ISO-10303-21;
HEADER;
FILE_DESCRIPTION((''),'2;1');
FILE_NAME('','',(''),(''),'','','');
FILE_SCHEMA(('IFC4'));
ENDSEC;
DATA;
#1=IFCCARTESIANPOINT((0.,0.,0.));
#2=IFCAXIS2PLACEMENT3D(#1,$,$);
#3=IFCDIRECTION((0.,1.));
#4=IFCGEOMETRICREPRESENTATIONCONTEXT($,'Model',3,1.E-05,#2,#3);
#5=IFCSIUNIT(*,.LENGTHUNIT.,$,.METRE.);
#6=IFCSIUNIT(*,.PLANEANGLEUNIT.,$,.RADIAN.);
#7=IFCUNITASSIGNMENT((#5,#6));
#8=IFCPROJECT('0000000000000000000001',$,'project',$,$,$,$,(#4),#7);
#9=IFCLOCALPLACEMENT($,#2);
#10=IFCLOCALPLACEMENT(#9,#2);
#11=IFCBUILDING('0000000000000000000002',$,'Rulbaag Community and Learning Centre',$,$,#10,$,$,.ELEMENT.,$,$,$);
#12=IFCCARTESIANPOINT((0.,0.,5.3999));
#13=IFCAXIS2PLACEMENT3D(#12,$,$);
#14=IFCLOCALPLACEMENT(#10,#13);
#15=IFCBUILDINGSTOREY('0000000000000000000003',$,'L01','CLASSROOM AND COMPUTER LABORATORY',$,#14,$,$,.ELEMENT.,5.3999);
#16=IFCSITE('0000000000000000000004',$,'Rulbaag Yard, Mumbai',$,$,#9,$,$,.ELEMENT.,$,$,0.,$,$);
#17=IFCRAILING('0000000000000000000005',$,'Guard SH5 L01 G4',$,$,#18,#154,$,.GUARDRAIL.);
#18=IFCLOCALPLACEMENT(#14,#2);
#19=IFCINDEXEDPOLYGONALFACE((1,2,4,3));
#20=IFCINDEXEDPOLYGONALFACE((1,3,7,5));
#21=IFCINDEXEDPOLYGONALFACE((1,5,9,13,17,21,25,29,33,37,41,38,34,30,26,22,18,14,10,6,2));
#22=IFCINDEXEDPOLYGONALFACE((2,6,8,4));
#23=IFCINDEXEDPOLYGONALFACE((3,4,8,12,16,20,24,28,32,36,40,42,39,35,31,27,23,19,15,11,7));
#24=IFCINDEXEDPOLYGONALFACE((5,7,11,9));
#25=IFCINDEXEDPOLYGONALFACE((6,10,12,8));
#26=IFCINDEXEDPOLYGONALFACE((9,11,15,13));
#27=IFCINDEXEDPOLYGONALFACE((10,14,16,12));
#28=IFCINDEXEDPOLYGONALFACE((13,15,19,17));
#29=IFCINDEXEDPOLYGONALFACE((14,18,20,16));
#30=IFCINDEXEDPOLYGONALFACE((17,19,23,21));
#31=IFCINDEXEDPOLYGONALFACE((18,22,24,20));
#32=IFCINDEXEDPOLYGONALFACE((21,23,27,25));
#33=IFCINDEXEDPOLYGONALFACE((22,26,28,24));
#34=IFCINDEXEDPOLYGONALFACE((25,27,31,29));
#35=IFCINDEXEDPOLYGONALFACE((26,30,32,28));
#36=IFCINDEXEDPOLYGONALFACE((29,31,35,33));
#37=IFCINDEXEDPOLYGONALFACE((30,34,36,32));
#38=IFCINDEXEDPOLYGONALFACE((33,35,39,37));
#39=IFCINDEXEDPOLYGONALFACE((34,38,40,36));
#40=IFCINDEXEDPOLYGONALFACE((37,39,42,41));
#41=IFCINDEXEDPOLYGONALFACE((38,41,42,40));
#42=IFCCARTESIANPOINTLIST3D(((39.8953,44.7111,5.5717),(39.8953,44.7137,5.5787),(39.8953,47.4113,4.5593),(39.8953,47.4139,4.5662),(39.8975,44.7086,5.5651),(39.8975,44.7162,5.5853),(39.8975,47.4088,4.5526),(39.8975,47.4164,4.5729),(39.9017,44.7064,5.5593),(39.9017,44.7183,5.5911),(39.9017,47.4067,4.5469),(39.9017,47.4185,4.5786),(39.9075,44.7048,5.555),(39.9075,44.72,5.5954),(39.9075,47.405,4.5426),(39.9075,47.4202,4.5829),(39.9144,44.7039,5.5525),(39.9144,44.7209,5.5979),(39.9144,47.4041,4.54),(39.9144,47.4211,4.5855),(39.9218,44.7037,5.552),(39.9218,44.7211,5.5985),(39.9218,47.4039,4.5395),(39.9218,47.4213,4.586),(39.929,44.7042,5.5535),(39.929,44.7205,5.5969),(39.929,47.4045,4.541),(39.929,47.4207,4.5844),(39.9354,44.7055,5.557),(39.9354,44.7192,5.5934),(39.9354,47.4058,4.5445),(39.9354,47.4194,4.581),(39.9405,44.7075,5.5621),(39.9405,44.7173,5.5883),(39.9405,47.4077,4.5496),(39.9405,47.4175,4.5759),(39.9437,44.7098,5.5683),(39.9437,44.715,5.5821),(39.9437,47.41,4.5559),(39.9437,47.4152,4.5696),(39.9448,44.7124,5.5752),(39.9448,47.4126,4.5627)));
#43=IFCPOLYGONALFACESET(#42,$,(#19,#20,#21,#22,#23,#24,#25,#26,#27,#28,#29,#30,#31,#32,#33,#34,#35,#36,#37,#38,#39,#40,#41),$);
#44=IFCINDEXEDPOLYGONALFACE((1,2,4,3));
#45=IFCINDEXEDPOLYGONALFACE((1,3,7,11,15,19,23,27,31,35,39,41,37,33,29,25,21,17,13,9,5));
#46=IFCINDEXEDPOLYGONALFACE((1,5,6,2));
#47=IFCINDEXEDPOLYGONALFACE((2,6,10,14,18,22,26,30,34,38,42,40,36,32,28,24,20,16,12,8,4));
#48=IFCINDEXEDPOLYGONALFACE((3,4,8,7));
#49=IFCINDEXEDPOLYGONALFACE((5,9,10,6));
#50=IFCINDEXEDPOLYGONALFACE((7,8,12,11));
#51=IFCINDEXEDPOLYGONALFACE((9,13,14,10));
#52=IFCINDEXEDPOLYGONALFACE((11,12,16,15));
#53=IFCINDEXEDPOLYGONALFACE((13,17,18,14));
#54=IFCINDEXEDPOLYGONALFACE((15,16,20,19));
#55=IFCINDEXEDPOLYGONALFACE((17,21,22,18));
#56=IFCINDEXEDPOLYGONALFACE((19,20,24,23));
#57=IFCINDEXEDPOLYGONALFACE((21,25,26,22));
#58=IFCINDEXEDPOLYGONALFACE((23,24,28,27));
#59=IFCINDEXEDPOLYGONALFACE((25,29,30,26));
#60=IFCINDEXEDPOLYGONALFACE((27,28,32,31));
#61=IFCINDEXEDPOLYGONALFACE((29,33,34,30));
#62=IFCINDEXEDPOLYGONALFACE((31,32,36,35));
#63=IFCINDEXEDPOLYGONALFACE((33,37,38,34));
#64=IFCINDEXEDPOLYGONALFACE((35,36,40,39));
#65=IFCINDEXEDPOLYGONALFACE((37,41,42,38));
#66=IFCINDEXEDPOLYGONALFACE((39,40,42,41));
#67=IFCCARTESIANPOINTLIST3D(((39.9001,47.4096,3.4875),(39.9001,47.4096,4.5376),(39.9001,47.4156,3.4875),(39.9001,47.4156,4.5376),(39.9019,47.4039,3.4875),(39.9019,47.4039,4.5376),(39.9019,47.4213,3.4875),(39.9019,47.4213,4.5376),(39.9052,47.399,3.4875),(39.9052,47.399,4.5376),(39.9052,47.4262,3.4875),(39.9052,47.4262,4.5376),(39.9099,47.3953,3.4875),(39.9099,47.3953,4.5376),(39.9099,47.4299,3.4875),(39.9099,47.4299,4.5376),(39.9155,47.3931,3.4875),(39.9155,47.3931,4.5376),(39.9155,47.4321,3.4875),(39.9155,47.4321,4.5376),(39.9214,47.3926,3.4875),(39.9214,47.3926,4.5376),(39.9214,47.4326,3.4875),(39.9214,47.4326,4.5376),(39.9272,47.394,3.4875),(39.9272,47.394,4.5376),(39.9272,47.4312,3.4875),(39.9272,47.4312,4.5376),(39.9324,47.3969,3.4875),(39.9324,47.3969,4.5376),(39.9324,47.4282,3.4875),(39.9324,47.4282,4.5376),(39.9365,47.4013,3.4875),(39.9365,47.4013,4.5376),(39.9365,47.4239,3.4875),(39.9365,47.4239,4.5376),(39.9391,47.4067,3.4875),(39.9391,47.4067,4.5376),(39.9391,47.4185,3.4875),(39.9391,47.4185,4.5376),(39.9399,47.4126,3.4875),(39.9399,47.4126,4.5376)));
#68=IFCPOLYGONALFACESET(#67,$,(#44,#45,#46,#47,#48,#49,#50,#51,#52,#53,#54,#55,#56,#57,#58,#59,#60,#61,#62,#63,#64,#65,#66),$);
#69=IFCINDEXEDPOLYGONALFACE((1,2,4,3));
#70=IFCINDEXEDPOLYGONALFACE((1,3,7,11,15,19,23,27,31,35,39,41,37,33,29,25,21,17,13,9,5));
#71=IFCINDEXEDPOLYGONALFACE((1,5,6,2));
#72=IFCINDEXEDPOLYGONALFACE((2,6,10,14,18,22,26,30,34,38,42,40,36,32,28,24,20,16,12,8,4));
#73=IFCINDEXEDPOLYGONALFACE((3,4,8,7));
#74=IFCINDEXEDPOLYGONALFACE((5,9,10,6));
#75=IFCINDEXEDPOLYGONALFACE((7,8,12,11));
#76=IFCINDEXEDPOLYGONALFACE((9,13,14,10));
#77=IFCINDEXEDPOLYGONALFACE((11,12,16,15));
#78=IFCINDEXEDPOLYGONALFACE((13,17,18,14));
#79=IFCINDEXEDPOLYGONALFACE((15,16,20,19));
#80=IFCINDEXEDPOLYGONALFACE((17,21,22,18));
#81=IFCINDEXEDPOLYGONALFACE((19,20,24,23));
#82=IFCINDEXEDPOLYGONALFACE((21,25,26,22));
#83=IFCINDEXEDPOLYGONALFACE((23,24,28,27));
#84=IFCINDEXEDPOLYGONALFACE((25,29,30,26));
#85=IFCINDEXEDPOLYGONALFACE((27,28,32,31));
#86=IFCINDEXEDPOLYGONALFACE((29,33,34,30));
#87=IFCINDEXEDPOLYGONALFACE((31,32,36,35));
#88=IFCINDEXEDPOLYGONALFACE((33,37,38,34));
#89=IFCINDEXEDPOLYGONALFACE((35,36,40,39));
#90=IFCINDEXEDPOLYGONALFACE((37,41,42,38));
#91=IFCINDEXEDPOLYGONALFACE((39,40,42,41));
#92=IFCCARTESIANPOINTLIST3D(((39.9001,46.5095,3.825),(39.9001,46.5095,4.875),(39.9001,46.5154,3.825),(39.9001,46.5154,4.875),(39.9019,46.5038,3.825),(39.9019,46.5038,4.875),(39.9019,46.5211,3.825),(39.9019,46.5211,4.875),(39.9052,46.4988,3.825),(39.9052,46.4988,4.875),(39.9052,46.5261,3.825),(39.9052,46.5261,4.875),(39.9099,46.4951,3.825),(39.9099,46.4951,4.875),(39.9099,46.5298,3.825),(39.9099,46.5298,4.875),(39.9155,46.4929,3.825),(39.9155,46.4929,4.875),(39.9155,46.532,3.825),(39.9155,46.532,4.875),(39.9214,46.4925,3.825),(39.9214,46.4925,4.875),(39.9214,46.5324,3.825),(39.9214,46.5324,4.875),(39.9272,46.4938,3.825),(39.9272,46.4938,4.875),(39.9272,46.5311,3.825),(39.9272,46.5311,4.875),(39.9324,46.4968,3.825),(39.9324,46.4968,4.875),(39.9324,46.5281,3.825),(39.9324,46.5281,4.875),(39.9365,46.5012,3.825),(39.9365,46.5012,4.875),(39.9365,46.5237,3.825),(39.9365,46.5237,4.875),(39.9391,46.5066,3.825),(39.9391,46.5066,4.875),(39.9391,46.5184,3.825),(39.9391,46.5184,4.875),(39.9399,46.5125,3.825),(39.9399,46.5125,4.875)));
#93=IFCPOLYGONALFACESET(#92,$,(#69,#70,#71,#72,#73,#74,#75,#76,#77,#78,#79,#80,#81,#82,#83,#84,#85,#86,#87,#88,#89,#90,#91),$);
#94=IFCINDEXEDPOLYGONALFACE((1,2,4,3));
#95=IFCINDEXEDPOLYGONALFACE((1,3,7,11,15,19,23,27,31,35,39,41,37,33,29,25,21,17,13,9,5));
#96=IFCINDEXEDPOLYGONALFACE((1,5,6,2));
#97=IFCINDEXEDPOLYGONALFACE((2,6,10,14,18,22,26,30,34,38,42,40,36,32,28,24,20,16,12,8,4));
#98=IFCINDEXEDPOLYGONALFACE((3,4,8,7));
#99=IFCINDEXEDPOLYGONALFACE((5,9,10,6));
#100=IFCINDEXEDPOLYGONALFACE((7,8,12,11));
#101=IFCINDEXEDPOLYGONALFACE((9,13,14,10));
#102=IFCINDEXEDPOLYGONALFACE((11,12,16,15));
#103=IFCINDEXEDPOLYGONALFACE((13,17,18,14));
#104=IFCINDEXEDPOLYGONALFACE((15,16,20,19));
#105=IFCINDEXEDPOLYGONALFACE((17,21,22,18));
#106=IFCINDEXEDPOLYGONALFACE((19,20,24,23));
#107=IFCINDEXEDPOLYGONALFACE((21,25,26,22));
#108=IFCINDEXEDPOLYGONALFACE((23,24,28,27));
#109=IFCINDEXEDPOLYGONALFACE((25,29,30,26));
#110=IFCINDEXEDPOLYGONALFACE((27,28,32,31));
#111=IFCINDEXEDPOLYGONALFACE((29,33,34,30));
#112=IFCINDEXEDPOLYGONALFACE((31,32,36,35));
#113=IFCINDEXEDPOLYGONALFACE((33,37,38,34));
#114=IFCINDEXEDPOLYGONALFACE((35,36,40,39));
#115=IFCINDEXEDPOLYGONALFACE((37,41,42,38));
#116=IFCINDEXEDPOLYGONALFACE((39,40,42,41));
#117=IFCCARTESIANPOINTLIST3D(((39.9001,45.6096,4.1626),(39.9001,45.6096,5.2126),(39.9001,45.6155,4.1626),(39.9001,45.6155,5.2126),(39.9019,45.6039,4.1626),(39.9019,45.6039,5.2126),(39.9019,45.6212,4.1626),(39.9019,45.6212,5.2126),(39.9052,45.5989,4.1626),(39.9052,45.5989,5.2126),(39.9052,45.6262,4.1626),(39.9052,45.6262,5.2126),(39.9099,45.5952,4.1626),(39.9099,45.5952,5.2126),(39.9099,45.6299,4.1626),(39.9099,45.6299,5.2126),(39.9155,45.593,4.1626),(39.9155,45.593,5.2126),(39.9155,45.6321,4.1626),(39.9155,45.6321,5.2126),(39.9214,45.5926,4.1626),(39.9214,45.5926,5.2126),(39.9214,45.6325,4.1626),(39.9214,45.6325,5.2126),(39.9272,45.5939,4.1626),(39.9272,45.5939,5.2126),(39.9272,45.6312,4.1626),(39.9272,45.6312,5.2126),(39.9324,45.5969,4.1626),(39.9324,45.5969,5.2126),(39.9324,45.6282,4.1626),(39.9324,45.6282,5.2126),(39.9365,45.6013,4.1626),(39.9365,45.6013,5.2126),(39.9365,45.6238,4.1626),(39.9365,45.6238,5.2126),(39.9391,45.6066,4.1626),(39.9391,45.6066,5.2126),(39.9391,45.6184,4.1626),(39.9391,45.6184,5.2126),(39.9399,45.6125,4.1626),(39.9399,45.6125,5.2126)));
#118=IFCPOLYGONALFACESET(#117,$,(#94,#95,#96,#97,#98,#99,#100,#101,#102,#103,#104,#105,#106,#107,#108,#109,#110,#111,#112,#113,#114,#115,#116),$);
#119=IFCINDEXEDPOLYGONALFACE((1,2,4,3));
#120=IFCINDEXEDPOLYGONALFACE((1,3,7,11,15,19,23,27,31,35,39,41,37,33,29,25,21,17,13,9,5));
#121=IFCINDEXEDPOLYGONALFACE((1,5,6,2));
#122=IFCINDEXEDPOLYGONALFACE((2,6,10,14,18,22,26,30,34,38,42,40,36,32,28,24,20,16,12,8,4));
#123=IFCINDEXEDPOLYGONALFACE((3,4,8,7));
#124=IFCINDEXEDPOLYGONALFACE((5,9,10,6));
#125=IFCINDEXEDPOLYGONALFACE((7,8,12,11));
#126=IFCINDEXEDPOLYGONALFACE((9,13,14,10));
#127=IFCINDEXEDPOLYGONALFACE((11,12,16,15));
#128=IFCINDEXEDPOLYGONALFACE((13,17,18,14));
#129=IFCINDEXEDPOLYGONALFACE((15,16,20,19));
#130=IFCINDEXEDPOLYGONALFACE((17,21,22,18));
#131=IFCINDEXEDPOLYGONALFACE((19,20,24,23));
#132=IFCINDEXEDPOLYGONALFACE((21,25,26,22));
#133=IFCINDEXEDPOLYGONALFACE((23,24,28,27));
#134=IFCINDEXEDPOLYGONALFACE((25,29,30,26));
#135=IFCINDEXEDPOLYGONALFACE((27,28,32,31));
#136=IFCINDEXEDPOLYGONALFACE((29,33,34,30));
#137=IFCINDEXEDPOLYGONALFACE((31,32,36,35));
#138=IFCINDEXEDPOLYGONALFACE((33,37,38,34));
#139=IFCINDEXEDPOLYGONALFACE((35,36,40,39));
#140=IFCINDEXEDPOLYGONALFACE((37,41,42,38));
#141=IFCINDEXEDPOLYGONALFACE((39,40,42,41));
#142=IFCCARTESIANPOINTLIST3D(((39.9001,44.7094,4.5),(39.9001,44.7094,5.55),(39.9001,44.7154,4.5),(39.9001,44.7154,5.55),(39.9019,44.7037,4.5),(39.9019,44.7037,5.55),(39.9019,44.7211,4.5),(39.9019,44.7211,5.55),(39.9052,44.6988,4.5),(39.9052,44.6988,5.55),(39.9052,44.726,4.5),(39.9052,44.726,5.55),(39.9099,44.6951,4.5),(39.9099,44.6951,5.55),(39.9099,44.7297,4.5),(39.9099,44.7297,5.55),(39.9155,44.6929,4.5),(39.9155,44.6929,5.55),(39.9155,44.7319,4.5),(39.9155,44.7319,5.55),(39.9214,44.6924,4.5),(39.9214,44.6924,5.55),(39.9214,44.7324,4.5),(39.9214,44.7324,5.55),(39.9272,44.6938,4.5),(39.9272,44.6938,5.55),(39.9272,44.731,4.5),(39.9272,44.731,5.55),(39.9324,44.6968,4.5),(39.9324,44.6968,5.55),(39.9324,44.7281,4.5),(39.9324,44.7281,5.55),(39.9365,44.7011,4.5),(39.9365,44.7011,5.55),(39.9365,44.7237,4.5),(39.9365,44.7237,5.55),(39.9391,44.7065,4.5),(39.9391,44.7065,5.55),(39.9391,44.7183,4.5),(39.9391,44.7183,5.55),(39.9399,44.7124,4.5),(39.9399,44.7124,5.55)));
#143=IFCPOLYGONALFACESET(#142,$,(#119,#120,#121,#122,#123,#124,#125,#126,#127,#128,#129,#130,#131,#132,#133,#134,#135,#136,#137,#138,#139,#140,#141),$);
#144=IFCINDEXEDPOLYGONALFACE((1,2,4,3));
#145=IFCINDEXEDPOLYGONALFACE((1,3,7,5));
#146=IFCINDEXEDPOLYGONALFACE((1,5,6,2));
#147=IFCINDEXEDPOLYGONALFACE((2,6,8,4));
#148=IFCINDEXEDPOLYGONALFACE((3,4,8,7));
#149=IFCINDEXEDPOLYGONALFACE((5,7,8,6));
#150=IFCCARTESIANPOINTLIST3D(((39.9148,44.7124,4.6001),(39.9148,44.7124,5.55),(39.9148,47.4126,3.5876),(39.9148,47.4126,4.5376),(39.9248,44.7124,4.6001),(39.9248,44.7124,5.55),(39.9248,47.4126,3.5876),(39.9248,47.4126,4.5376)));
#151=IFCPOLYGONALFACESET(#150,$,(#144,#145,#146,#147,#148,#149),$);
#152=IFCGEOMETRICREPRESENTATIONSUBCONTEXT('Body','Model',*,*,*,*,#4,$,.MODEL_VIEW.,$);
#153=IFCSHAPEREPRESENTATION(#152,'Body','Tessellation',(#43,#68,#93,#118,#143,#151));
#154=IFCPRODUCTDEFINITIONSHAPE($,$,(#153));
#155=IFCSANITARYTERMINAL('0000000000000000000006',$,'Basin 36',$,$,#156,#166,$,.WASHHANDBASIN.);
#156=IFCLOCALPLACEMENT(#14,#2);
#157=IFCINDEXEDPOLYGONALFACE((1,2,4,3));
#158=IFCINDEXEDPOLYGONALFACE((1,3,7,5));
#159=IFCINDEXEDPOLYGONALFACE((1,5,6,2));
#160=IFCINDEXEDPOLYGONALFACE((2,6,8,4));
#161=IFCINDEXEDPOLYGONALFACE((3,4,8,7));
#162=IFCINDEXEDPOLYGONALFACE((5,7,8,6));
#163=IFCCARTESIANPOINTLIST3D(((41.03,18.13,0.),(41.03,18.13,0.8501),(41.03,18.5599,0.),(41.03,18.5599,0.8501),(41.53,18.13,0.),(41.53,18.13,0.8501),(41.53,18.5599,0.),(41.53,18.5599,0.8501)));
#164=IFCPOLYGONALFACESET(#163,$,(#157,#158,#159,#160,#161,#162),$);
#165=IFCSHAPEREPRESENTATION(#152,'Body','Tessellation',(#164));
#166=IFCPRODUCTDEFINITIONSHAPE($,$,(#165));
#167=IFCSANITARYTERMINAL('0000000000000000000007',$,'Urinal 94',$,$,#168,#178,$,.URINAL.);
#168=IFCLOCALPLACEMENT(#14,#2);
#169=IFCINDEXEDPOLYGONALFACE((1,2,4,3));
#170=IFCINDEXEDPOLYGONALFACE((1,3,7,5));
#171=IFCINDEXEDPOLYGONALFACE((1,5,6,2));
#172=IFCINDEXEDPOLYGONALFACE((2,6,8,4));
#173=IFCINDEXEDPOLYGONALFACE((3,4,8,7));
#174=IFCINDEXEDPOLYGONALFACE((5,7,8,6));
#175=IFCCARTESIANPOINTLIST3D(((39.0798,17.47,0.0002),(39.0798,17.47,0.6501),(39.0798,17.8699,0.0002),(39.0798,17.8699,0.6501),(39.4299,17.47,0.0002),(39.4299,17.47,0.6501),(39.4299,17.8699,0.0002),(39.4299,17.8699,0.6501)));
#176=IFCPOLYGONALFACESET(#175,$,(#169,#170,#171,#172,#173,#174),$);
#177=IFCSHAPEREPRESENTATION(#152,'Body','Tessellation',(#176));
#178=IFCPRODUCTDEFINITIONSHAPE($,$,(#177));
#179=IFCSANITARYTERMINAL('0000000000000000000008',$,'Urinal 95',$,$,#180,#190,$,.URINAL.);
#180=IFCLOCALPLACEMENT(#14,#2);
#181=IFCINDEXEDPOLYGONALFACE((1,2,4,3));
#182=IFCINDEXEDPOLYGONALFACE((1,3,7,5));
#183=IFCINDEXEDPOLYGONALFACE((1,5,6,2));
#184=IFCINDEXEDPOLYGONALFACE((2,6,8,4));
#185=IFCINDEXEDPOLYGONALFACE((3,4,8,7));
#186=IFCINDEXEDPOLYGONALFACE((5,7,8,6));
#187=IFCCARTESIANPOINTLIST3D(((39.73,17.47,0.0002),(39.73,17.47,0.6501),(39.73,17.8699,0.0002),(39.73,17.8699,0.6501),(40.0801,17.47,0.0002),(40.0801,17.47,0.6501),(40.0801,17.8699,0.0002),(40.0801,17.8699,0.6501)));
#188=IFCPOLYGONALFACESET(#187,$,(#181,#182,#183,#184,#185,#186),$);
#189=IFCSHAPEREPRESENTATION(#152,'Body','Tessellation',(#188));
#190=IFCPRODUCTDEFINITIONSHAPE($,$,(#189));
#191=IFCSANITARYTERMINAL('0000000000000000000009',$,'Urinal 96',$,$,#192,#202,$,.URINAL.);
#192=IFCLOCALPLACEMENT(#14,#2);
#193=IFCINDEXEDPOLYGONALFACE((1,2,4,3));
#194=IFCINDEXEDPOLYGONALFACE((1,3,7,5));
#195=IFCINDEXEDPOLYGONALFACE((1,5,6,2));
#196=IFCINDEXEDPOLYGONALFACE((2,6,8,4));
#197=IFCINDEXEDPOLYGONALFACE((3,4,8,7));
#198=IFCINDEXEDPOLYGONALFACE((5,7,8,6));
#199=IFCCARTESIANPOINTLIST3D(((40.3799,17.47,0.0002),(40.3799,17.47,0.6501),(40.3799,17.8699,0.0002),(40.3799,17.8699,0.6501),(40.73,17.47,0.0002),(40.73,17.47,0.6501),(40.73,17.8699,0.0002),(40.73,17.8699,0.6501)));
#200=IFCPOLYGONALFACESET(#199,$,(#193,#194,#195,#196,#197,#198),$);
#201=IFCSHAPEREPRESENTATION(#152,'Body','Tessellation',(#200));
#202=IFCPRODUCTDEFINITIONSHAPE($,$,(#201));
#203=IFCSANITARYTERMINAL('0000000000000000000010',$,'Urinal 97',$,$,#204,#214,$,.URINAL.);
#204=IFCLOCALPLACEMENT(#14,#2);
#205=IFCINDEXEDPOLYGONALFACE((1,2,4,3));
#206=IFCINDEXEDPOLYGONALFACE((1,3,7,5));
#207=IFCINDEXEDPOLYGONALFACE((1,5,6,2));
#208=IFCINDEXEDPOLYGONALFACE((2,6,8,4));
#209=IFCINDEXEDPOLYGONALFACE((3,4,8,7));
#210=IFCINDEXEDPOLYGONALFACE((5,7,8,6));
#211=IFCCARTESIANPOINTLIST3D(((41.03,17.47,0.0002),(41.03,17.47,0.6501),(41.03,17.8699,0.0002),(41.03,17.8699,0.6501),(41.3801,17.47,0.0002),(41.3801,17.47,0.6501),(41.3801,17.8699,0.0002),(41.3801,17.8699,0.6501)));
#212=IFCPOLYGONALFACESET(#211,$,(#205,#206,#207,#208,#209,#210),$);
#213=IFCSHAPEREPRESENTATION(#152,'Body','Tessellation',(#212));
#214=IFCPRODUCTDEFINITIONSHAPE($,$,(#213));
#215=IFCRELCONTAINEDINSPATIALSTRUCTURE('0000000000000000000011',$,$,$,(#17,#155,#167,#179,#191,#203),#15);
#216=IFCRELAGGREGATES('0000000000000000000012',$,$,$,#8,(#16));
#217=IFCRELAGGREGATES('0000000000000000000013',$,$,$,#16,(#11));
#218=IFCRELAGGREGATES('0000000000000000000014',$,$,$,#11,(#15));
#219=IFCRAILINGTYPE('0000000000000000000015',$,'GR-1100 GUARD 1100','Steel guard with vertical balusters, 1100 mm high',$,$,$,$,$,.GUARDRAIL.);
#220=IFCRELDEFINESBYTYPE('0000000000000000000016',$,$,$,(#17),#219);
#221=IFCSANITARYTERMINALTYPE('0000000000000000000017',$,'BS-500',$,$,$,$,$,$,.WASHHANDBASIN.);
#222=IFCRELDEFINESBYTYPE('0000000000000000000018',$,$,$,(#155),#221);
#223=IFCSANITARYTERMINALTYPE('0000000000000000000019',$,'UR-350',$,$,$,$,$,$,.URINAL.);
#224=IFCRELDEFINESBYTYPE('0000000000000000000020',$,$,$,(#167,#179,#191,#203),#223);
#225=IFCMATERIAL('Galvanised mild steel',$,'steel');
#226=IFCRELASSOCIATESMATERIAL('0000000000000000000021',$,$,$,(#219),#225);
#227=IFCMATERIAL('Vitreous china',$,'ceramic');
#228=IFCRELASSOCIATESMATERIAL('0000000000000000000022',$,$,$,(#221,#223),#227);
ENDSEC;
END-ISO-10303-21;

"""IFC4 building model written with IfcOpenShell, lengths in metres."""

from ifc_helpers import new_model, si_unit, direction, frame, origin, origin_2d, place, context, subcontext, project, spatial, polyline, rectangle, circle, outline, extrude, material, type_object, element, save


model = new_model("IFC4")

# Units and contexts
model_context = context("Model", 3, precision=1e-05, world=origin(), true_north=direction((0.0, 1.0)))
body_context = subcontext(model_context, "Body", "Model", "MODEL_VIEW")
ifc_project = project(units=[si_unit("LENGTHUNIT", "METRE"), si_unit("PLANEANGLEUNIT", "RADIAN")], contexts=[model_context])

# Site, building, storey
site_placement = place(None, origin())
site = spatial("IfcSite", under=ifc_project, at=site_placement, Name="Rulbaag Yard, Mumbai", CompositionType="ELEMENT", RefElevation=0.0)
building_placement = place(site_placement, origin())
building = spatial("IfcBuilding", under=site, at=building_placement, Name="Rulbaag Community and Learning Centre", CompositionType="ELEMENT")
storey_placement = place(building_placement, frame((0.0, 0.0, 5.3999)))
storey = spatial("IfcBuildingStorey", under=building, at=storey_placement, Name="L01", Description="CLASSROOM AND COMPUTER LABORATORY", CompositionType="ELEMENT", Elevation=5.3999)

# Railing
ifc_material_1 = material(Name="Galvanised mild steel", Category="steel")
railing_type_1 = type_object("IfcRailingType", Name="GR-1100 GUARD 1100", Description="Steel guard with vertical balusters, 1100 mm high", PredefinedType="GUARDRAIL", material=ifc_material_1)
railing_1_placement = place(storey_placement, frame((39.9199, 47.4126, 3.4875)))
element("IfcRailing", 1, at=railing_1_placement, inside=storey, type_object=railing_type_1, Name="Guard SH5 L01 G4", PredefinedType="GUARDRAIL", context=body_context, shape_type="SweptSolid", body=[
    extrude(circle(Radius=0.0249, at=origin_2d()), frame((0.0, 0.0, 1.0752), z_axis=(0.0, -0.936343, 0.351086), x_axis=(1.0, 0.0, 0.0)), (0.0, 0.0, 1.0), 2.8838),
    extrude(circle(Radius=0.02, at=origin_2d()), origin(), (0.0, 0.0, 1.0), 1.05),
    extrude(circle(Radius=0.02, at=origin_2d()), frame((0.0, -0.9001, 0.3374)), (0.0, 0.0, 1.0), 1.05),
    extrude(circle(Radius=0.02, at=origin_2d()), frame((0.0, -1.8, 0.675)), (0.0, 0.0, 1.0), 1.05),
    extrude(circle(Radius=0.02, at=origin_2d()), frame((0.0, -2.7002, 1.0125)), (0.0, 0.0, 1.0), 1.05),
    extrude(outline(polyline([(0.0, 0.0), (2.7002, 1.0125), (2.7002, 1.9624), (0.0, 0.95), (0.0, 0.0)])), frame((0.0049, 0.0, 0.1001), z_axis=(-1.0, 0.0, 0.0), x_axis=(0.0, -1.0, 0.0)), (0.0, 0.0, 1.0), 0.01),
])

# Sanitary terminals
ifc_material_2 = material(Name="Vitreous china", Category="ceramic")
sanitary_terminal_type_1 = type_object("IfcSanitaryTerminalType", Name="BS-500", PredefinedType="WASHHANDBASIN", material=ifc_material_2)
sanitary_terminal_placement = place(storey_placement, frame((41.28, 18.345, 0.0), z_axis=(0.0, 0.0, 1.0), x_axis=(1.0, 0.0, 0.0)))
element("IfcSanitaryTerminal", 2, at=sanitary_terminal_placement, inside=storey, type_object=sanitary_terminal_type_1, Name="Basin 36", PredefinedType="WASHHANDBASIN", context=body_context, shape_type="SweptSolid", body=[
    extrude(rectangle(XDim=0.5, YDim=0.4299, at=origin_2d()), origin(), (0.0, 0.0, 1.0), 0.8501),
])
sanitary_terminal_type_2 = type_object("IfcSanitaryTerminalType", Name="UR-350", PredefinedType="URINAL", material=ifc_material_2)
for number, where, z_axis, x_axis, name in (
    (3, (39.2549, 17.6699, 0.0002), (0.0, 0.0, 1.0), (1.0, 0.0, 0.0), "Urinal 94"),
    (4, (39.905, 17.6699, 0.0002), (0.0, 0.0, 1.0), (1.0, 0.0, 0.0), "Urinal 95"),
    (5, (40.5549, 17.6699, 0.0002), (0.0, 0.0, 1.0), (1.0, 0.0, 0.0), "Urinal 96"),
    (6, (41.2051, 17.6699, 0.0002), (0.0, 0.0, 1.0), (1.0, 0.0, 0.0), "Urinal 97"),
):
    element("IfcSanitaryTerminal", number, at=place(storey_placement, frame(where, z_axis=z_axis, x_axis=x_axis)), inside=storey, type_object=sanitary_terminal_type_2, Name=name, PredefinedType="URINAL", context=body_context, shape_type="SweptSolid", body=[
        extrude(rectangle(XDim=0.3501, YDim=0.3999, at=origin_2d()), origin(), (0.0, 0.0, 1.0), 0.6499),
    ])

save(model, "model.ifc")
